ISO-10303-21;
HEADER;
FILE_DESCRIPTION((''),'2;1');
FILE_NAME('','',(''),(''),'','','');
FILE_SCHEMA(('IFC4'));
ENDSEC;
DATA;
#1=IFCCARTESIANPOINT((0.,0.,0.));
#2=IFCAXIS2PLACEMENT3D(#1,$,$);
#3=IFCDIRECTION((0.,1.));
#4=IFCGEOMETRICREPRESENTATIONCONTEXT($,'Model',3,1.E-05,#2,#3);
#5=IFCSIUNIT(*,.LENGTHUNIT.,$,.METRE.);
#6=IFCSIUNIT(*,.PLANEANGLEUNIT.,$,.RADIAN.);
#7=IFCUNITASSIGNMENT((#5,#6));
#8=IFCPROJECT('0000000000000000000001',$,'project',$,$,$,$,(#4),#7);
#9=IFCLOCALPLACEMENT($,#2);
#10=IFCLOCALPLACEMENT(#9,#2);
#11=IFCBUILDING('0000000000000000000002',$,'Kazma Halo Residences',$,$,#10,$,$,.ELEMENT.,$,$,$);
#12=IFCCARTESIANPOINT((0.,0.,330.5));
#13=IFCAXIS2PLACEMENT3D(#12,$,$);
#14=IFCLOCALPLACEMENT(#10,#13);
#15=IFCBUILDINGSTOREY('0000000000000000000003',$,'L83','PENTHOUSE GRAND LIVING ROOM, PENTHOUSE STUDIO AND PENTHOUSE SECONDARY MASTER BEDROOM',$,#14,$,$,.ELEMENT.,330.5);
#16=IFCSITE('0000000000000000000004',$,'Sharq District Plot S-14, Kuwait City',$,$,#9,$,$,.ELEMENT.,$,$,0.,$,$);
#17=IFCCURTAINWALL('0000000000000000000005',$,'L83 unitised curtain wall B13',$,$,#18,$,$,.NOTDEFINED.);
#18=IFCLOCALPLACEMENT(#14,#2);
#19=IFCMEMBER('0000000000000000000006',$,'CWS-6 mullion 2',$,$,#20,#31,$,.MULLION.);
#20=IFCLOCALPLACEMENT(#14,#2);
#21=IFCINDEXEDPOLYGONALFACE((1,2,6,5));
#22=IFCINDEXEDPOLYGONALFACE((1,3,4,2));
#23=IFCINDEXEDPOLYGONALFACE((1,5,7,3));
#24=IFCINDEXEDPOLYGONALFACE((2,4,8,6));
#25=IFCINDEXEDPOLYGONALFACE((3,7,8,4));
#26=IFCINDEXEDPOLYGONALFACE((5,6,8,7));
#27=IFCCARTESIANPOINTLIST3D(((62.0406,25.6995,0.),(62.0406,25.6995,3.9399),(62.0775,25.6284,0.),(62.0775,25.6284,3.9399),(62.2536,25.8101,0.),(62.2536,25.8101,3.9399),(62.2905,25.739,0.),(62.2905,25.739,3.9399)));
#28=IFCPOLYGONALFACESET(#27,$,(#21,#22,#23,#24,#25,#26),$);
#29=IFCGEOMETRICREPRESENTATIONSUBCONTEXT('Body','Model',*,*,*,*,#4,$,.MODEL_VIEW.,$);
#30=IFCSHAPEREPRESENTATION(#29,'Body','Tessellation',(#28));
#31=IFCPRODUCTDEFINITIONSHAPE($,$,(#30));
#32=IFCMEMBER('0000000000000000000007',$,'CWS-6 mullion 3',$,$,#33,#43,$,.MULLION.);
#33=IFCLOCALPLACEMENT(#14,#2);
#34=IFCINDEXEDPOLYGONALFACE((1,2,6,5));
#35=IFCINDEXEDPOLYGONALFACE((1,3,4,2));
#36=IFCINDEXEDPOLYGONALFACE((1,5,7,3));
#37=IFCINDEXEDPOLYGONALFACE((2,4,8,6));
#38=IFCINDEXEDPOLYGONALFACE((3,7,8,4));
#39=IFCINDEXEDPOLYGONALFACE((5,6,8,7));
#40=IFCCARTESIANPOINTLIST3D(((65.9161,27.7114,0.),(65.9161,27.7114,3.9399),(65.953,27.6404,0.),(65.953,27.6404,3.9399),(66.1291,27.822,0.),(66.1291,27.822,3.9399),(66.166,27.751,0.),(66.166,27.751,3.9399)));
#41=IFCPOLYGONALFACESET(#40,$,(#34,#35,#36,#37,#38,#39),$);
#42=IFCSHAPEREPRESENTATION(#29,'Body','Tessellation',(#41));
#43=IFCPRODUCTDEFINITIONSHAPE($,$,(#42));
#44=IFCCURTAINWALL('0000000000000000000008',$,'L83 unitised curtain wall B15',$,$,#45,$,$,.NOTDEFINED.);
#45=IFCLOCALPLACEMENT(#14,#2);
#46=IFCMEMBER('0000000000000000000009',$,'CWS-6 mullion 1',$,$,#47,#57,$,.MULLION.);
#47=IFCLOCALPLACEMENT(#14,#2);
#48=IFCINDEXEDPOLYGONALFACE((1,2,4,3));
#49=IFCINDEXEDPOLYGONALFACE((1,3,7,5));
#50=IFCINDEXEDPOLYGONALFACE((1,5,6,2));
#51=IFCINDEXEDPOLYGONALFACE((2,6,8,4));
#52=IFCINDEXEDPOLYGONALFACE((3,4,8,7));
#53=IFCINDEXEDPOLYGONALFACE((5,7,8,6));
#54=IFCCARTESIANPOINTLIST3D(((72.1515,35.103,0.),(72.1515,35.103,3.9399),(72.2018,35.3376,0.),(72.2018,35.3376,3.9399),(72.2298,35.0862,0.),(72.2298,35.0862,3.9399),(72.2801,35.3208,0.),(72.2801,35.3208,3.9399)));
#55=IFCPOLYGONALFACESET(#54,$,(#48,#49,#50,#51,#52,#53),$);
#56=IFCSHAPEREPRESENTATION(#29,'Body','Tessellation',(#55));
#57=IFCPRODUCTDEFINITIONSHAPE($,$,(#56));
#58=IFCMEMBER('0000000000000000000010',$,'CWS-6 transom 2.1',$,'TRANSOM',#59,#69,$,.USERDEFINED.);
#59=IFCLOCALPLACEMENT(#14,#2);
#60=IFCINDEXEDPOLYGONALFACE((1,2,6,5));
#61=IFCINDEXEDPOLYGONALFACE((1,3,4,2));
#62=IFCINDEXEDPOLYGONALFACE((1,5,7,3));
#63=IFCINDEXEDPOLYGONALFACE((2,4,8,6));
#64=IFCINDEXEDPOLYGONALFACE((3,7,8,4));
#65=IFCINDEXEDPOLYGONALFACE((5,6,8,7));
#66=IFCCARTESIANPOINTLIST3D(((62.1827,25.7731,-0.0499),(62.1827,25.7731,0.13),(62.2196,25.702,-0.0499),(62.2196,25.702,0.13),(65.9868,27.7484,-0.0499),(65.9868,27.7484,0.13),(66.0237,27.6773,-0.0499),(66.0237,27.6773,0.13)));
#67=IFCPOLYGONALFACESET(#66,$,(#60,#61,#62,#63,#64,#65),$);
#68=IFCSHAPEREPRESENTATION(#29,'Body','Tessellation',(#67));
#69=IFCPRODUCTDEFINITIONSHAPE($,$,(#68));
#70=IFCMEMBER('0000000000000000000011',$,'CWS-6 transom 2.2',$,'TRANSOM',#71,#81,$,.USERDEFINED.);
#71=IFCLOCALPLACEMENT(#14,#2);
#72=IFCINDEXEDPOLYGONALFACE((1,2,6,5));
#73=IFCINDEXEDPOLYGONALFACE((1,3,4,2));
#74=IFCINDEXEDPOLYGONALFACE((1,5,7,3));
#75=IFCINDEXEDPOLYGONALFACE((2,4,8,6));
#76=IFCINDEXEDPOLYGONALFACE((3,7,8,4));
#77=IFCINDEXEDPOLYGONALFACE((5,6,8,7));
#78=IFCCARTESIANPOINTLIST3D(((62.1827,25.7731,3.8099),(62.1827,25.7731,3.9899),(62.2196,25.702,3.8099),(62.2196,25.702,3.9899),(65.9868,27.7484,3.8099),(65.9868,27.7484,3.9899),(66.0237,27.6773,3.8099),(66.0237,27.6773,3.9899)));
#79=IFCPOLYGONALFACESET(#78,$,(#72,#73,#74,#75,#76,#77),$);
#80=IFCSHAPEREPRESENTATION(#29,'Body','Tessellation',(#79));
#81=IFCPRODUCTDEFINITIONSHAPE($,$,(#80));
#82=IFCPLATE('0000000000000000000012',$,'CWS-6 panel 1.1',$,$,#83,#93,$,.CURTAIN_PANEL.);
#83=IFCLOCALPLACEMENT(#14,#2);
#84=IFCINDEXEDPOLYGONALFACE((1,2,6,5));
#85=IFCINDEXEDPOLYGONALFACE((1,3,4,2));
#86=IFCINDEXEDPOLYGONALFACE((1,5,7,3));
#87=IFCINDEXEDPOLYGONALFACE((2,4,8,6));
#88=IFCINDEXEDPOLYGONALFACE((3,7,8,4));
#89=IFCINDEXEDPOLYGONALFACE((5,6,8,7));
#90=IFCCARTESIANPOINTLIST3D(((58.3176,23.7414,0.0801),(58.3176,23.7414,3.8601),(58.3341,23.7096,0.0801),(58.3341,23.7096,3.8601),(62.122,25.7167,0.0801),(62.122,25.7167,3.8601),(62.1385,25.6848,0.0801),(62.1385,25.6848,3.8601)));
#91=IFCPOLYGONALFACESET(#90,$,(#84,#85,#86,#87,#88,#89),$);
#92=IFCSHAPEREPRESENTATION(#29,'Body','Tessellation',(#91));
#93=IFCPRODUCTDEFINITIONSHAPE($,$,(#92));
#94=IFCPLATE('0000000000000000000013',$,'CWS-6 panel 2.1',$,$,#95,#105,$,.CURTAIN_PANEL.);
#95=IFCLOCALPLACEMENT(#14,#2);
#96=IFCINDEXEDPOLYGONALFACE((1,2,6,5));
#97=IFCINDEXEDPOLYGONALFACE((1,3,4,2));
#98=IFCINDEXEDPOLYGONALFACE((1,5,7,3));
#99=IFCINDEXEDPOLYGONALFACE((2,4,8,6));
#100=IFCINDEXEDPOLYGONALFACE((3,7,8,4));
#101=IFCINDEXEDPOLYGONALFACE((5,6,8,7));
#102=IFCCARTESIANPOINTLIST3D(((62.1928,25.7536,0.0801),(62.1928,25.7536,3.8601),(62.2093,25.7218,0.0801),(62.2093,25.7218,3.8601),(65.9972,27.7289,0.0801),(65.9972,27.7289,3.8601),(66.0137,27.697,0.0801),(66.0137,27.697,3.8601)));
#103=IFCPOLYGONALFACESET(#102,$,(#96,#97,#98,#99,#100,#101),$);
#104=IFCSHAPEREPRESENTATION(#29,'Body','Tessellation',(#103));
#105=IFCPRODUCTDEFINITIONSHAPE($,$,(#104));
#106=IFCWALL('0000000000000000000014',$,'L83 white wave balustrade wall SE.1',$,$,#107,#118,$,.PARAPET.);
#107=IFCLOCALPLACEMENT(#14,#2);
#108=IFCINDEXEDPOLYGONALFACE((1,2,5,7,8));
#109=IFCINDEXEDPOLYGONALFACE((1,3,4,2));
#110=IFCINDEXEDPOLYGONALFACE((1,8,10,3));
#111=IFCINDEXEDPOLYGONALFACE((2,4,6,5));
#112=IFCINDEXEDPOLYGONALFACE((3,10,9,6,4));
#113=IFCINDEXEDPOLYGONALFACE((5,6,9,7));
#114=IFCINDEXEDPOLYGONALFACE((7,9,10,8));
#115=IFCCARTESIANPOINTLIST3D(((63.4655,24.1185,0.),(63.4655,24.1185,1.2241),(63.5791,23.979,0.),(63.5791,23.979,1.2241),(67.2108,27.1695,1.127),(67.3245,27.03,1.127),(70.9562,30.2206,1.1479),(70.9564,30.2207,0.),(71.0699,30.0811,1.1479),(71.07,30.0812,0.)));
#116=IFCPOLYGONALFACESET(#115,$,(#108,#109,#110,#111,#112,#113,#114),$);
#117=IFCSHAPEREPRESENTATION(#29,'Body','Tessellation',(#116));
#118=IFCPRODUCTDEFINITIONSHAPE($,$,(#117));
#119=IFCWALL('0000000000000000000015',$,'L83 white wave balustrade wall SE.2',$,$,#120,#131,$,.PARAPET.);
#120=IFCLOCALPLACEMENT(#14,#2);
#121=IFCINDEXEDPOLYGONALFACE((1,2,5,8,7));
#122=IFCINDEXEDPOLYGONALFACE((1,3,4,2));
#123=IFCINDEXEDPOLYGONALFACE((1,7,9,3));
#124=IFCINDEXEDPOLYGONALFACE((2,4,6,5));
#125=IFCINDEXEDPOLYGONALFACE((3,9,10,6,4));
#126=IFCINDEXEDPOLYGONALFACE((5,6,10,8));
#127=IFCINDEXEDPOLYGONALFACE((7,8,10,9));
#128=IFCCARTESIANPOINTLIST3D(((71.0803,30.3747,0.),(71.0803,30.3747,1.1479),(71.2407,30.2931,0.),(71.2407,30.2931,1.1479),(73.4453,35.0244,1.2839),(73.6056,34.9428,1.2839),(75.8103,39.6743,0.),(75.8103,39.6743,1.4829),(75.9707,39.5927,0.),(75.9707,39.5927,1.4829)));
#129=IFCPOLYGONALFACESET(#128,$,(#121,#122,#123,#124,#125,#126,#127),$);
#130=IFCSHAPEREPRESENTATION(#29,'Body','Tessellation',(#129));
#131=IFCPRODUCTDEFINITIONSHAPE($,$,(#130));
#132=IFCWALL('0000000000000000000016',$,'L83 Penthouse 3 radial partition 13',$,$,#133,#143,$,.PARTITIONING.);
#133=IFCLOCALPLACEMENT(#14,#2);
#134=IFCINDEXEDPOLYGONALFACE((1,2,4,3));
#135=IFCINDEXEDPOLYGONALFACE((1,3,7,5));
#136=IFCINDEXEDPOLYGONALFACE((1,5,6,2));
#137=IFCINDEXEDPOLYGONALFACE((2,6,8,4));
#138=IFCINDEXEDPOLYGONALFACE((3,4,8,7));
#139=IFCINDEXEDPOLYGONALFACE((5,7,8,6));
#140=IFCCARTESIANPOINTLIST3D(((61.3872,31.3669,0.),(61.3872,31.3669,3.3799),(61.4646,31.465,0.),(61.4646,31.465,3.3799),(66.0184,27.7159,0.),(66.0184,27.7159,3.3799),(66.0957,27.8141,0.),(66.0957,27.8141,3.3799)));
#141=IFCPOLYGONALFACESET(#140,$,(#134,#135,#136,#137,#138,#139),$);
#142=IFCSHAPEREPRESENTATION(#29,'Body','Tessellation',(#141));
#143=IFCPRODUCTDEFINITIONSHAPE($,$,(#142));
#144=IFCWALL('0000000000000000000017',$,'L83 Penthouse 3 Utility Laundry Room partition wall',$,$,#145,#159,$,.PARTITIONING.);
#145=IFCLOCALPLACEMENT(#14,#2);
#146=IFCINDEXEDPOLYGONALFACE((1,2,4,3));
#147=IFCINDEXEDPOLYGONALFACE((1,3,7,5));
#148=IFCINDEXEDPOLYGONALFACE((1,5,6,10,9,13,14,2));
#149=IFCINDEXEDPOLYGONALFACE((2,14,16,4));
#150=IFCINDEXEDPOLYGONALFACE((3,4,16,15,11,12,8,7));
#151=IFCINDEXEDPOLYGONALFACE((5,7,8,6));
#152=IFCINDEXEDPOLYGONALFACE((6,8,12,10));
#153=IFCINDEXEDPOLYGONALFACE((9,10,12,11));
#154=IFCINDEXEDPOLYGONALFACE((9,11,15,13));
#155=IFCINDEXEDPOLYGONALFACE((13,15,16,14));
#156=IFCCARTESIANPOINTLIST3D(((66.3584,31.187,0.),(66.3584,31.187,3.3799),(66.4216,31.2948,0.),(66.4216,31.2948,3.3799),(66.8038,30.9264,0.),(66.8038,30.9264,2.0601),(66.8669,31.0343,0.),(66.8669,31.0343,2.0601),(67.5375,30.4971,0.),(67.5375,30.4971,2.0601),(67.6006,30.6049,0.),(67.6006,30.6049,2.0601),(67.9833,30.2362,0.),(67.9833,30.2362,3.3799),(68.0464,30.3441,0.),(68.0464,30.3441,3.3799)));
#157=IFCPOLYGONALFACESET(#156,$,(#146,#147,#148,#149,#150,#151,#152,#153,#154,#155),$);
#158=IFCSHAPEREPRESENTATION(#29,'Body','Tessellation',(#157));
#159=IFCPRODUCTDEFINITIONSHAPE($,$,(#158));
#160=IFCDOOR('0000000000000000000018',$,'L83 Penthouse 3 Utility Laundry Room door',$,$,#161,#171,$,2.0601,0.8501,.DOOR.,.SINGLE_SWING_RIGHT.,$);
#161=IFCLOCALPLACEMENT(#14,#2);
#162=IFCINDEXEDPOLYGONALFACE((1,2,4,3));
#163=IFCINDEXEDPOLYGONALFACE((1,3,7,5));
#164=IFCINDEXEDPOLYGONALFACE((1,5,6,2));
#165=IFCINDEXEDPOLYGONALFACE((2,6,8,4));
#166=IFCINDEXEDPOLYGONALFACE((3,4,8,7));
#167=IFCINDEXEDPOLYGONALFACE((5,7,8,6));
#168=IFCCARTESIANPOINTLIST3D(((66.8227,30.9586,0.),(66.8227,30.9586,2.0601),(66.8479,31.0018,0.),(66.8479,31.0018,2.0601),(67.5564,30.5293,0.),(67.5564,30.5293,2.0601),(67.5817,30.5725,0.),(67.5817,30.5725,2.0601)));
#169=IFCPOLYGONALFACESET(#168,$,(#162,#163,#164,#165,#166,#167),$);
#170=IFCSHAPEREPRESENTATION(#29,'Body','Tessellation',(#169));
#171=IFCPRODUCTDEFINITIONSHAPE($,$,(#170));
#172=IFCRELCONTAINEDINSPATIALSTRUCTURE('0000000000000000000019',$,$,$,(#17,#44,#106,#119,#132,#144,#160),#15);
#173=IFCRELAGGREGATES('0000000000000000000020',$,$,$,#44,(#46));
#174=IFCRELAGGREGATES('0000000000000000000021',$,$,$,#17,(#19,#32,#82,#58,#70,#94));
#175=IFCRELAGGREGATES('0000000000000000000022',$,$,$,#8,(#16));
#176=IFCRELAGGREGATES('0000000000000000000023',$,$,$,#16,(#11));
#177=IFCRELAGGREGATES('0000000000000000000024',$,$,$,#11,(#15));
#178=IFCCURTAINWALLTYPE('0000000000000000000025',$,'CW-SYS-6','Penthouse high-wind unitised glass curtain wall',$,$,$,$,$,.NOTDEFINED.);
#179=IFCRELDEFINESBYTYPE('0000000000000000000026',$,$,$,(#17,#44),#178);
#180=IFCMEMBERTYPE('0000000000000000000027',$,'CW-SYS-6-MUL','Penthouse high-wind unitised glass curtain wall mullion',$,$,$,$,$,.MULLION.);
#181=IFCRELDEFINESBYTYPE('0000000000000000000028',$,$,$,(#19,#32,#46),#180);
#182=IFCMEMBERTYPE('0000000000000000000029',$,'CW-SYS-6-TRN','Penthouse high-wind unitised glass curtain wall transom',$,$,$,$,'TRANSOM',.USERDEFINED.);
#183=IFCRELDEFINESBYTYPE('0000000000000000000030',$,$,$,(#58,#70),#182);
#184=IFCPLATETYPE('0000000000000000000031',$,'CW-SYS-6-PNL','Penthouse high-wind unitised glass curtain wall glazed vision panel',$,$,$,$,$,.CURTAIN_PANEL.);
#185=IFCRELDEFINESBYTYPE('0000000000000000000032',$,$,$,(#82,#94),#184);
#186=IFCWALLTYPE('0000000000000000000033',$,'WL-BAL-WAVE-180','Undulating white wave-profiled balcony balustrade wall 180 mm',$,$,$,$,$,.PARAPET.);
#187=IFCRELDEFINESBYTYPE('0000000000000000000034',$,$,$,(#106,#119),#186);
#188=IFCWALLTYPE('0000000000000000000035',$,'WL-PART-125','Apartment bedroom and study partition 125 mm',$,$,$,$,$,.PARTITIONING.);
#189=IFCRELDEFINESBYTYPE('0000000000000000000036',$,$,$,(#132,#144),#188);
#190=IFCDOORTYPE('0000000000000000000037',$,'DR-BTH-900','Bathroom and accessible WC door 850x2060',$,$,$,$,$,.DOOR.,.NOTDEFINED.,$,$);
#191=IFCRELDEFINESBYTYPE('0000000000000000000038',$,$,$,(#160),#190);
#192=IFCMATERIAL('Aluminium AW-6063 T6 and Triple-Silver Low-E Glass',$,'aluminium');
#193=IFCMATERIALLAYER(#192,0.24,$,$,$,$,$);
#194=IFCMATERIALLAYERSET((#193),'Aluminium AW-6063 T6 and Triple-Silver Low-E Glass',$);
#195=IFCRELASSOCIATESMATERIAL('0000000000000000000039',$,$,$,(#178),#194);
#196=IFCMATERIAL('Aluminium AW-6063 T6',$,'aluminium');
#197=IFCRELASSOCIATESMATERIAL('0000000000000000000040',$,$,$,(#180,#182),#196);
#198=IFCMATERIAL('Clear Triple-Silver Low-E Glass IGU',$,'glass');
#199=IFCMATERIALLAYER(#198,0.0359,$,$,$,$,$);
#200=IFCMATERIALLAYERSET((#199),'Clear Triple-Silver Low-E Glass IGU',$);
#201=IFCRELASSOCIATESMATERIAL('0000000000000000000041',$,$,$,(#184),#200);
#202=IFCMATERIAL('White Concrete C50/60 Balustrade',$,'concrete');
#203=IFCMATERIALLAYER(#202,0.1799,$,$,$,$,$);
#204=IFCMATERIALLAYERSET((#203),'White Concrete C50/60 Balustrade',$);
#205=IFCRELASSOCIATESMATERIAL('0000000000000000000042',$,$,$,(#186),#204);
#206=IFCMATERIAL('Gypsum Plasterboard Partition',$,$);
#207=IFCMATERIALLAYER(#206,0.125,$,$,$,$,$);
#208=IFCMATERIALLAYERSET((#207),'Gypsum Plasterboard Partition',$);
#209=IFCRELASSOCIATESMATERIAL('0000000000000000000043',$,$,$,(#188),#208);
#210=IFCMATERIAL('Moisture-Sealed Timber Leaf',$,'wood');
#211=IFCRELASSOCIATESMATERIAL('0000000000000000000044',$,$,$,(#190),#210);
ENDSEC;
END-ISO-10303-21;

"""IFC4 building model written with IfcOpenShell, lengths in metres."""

from ifc_helpers import new_model, si_unit, direction, frame, frame_2d, origin, origin_2d, place, context, subcontext, project, spatial, polyline, rectangle, outline, extrude, material, layer, layer_set, material_profile, profile_set, type_object, element, fill, aggregate, save


model = new_model("IFC4")

# Units and contexts
model_context = context("Model", 3, precision=1e-05, world=origin(), true_north=direction((0.0, 1.0)))
body_context = subcontext(model_context, "Body", "Model", "MODEL_VIEW")
ifc_project = project(units=[si_unit("LENGTHUNIT", "METRE"), si_unit("PLANEANGLEUNIT", "RADIAN")], contexts=[model_context])

# Site, building, storey
site_placement = place(None, origin())
site = spatial("IfcSite", under=ifc_project, at=site_placement, Name="Sharq District Plot S-14, Kuwait City", CompositionType="ELEMENT", RefElevation=0.0)
building_placement = place(site_placement, origin())
building = spatial("IfcBuilding", under=site, at=building_placement, Name="Kazma Halo Residences", CompositionType="ELEMENT")
storey_placement = place(building_placement, frame((0.0, 0.0, 330.5)))
storey = spatial("IfcBuildingStorey", under=building, at=storey_placement, Name="L83", Description="PENTHOUSE GRAND LIVING ROOM, PENTHOUSE STUDIO AND PENTHOUSE SECONDARY MASTER BEDROOM", CompositionType="ELEMENT", Elevation=330.5)

# Curtain wall, members
ifc_material_1 = material(Name="Aluminium AW-6063 T6 and Triple-Silver Low-E Glass", Category="aluminium")
ifc_layer_1 = layer(ifc_material_1, 0.24)
ifc_layer_set_1 = layer_set([ifc_layer_1], Name="Aluminium AW-6063 T6 and Triple-Silver Low-E Glass")
curtain_wall_type = type_object("IfcCurtainWallType", Name="CW-SYS-6", Description="Penthouse high-wind unitised glass curtain wall", PredefinedType="NOTDEFINED", material=ifc_layer_set_1)
curtain_wall_1_placement = place(storey_placement, origin())
curtain_wall_1 = element("IfcCurtainWall", 1, at=curtain_wall_1_placement, inside=storey, type_object=curtain_wall_type, Name="L83 unitised curtain wall B13", PredefinedType="NOTDEFINED")
ifc_material_2 = material(Name="Aluminium AW-6063 T6", Category="aluminium")
ifc_material_profile_1 = material_profile(ifc_material_2, rectangle(XDim=0.0801, YDim=0.24, at=origin_2d()), Name="CWM-80x240")
ifc_profile_set_1 = profile_set([ifc_material_profile_1], Name="Aluminium AW-6063 T6")
member_type_1 = type_object("IfcMemberType", Name="CW-SYS-6-MUL", Description="Penthouse high-wind unitised glass curtain wall mullion", PredefinedType="MULLION", material=ifc_profile_set_1)
member_1_placement = place(storey_placement, frame((62.1655, 25.7192, 0.0), z_axis=(0.0, 0.0, 1.0), x_axis=(-0.460796, 0.887506, 0.0)))
member_1 = element("IfcMember", 2, at=member_1_placement, type_object=member_type_1, Name="CWS-6 mullion 2", PredefinedType="MULLION", context=body_context, shape_type="SweptSolid", body=[
    extrude(rectangle(XDim=0.0801, YDim=0.24, at=origin_2d()), origin(), (0.0, 0.0, 1.0), 3.9399),
])
member_2_placement = place(storey_placement, frame((66.041, 27.7312, 0.0), z_axis=(0.0, 0.0, 1.0), x_axis=(-0.460796, 0.887506, 0.0)))
member_2 = element("IfcMember", 3, at=member_2_placement, type_object=member_type_1, Name="CWS-6 mullion 3", PredefinedType="MULLION", context=body_context, shape_type="SweptSolid", body=[
    extrude(rectangle(XDim=0.0801, YDim=0.24, at=origin_2d()), origin(), (0.0, 0.0, 1.0), 3.9399),
])

# Curtain wall, member
curtain_wall_2_placement = place(storey_placement, origin())
curtain_wall_2 = element("IfcCurtainWall", 4, at=curtain_wall_2_placement, inside=storey, type_object=curtain_wall_type, Name="L83 unitised curtain wall B15", PredefinedType="NOTDEFINED")
member_3_placement = place(storey_placement, frame((72.2158, 35.2119, 0.0), z_axis=(0.0, 0.0, 1.0), x_axis=(-0.977761, 0.209723, 0.0)))
member_3 = element("IfcMember", 5, at=member_3_placement, type_object=member_type_1, Name="CWS-6 mullion 1", PredefinedType="MULLION", context=body_context, shape_type="SweptSolid", body=[
    extrude(rectangle(XDim=0.0801, YDim=0.24, at=origin_2d()), origin(), (0.0, 0.0, 1.0), 3.9399),
])
aggregate(curtain_wall_2, [member_3])

# Members
ifc_material_profile_2 = material_profile(ifc_material_2, rectangle(XDim=0.0801, YDim=0.1799, at=origin_2d()), Name="CWT-80x180")
ifc_profile_set_2 = profile_set([ifc_material_profile_2], Name="Aluminium AW-6063 T6")
member_type_2 = type_object("IfcMemberType", Name="CW-SYS-6-TRN", Description="Penthouse high-wind unitised glass curtain wall transom", ElementType="TRANSOM", PredefinedType="USERDEFINED", material=ifc_profile_set_2)
member_4_placement = place(storey_placement, frame((62.2012, 25.7375, 0.04), z_axis=(0.887488, 0.460831, 0.0), x_axis=(-0.460831, 0.887488, 0.0)))
member_4 = element("IfcMember", 6, at=member_4_placement, type_object=member_type_2, Name="CWS-6 transom 2.1", ObjectType="TRANSOM", PredefinedType="USERDEFINED", context=body_context, shape_type="SweptSolid", body=[
    extrude(rectangle(XDim=0.0801, YDim=0.1799, at=origin_2d()), origin(), (0.0, 0.0, 1.0), 4.2864),
])
member_5_placement = place(storey_placement, frame((62.2012, 25.7375, 3.8999), z_axis=(0.887488, 0.460831, 0.0), x_axis=(-0.460831, 0.887488, 0.0)))
member_5 = element("IfcMember", 7, at=member_5_placement, type_object=member_type_2, Name="CWS-6 transom 2.2", ObjectType="TRANSOM", PredefinedType="USERDEFINED", context=body_context, shape_type="SweptSolid", body=[
    extrude(rectangle(XDim=0.0801, YDim=0.1799, at=origin_2d()), origin(), (0.0, 0.0, 1.0), 4.2864),
])

# Plates
ifc_material_3 = material(Name="Clear Triple-Silver Low-E Glass IGU", Category="glass")
ifc_layer_2 = layer(ifc_material_3, 0.0359)
ifc_layer_set_2 = layer_set([ifc_layer_2], Name="Clear Triple-Silver Low-E Glass IGU")
plate_type = type_object("IfcPlateType", Name="CW-SYS-6-PNL", Description="Penthouse high-wind unitised glass curtain wall glazed vision panel", PredefinedType="CURTAIN_PANEL", material=ifc_layer_set_2)
plate_1_placement = place(storey_placement, frame((60.228, 24.7131, 0.0801), z_axis=(0.0, 0.0, 1.0), x_axis=(0.887506, 0.460796, 0.0)))
plate_1 = element("IfcPlate", 8, at=plate_1_placement, type_object=plate_type, Name="CWS-6 panel 1.1", PredefinedType="CURTAIN_PANEL", context=body_context, shape_type="SweptSolid", body=[
    extrude(rectangle(XDim=4.2866, YDim=0.0359, at=origin_2d()), origin(), (0.0, 0.0, 1.0), 3.78),
])
plate_2_placement = place(storey_placement, frame((64.1033, 26.7253, 0.0801), z_axis=(0.0, 0.0, 1.0), x_axis=(0.887506, 0.460796, 0.0)))
plate_2 = element("IfcPlate", 9, at=plate_2_placement, type_object=plate_type, Name="CWS-6 panel 2.1", PredefinedType="CURTAIN_PANEL", context=body_context, shape_type="SweptSolid", body=[
    extrude(rectangle(XDim=4.2866, YDim=0.0359, at=origin_2d()), origin(), (0.0, 0.0, 1.0), 3.78),
])
aggregate(curtain_wall_1, [member_1, member_2, plate_1, member_4, member_5, plate_2])

# Walls
ifc_material_4 = material(Name="White Concrete C50/60 Balustrade", Category="concrete")
ifc_layer_3 = layer(ifc_material_4, 0.1799)
ifc_layer_set_3 = layer_set([ifc_layer_3], Name="White Concrete C50/60 Balustrade")
wall_type_1 = type_object("IfcWallType", Name="WL-BAL-WAVE-180", Description="Undulating white wave-profiled balcony balustrade wall 180 mm", PredefinedType="PARAPET", material=ifc_layer_set_3)
wall_1_placement = place(storey_placement, frame((63.5222, 24.0488, 0.0), z_axis=(0.0, 0.0, 1.0), x_axis=(0.775309, 0.631582, 0.0)))
element("IfcWall", 10, at=wall_1_placement, inside=storey, type_object=wall_type_1, Name="L83 white wave balustrade wall SE.1", PredefinedType="PARAPET", context=body_context, shape_type="SweptSolid", body=[
    extrude(outline(polyline([(0.0, 0.0), (9.6619, 0.0), (9.6616, 1.1479), (4.8308, 1.127), (0.0, 1.2241), (0.0, 0.0)])), frame((0.0, 0.0898, 0.0), z_axis=(0.0, -1.0, 0.0), x_axis=(1.0, 0.0, 0.0)), (0.0, 0.0, 1.0), 0.1799),
])
wall_2_placement = place(storey_placement, frame((71.1604, 30.334, 0.0), z_axis=(0.0, 0.0, 1.0), x_axis=(0.453353, 0.891331, 0.0)))
element("IfcWall", 11, at=wall_2_placement, inside=storey, type_object=wall_type_1, Name="L83 white wave balustrade wall SE.2", PredefinedType="PARAPET", context=body_context, shape_type="SweptSolid", body=[
    extrude(outline(polyline([(0.0, 0.0), (10.4333, 0.0), (10.4333, 1.4829), (5.2166, 1.2839), (0.0, 1.1479), (0.0, 0.0)])), frame((0.0, 0.0898, 0.0), z_axis=(0.0, -1.0, 0.0), x_axis=(1.0, 0.0, 0.0)), (0.0, 0.0, 1.0), 0.1799),
])

# Wall
ifc_material_5 = material(Name="Gypsum Plasterboard Partition")
ifc_layer_4 = layer(ifc_material_5, 0.125)
ifc_layer_set_4 = layer_set([ifc_layer_4], Name="Gypsum Plasterboard Partition")
wall_type_2 = type_object("IfcWallType", Name="WL-PART-125", Description="Apartment bedroom and study partition 125 mm", PredefinedType="PARTITIONING", material=ifc_layer_set_4)
wall_3_placement = place(storey_placement, frame((61.4258, 31.416, 0.0), z_axis=(0.0, 0.0, 1.0), x_axis=(0.785316, -0.619095, 0.0)))
element("IfcWall", 12, at=wall_3_placement, inside=storey, type_object=wall_type_2, Name="L83 Penthouse 3 radial partition 13", PredefinedType="PARTITIONING", context=body_context, shape_type="SweptSolid", body=[
    extrude(rectangle(XDim=5.8972, YDim=0.125, at=frame_2d((2.9487, 0.0))), origin(), (0.0, 0.0, 1.0), 3.3799),
])

# Wall, opening, door
wall_4_placement = place(storey_placement, frame((66.3899, 31.241, 0.0), z_axis=(0.0, 0.0, 1.0), x_axis=(0.863105, -0.505024, 0.0)))
wall_4 = element("IfcWall", 13, at=wall_4_placement, inside=storey, type_object=wall_type_2, Name="L83 Penthouse 3 Utility Laundry Room partition wall", PredefinedType="PARTITIONING", context=body_context, shape_type="SweptSolid", body=[
    extrude(rectangle(XDim=1.8826, YDim=0.125, at=frame_2d((0.9414, 0.0))), origin(), (0.0, 0.0, 1.0), 3.3799),
])
opening_1_placement = place(wall_4_placement, frame((0.5161, 0.0, 0.0)))
opening_1 = element("IfcOpeningElement", 14, at=opening_1_placement, cuts=wall_4, PredefinedType="OPENING", context=body_context, shape_type="SweptSolid", body=[
    extrude(rectangle(XDim=0.8501, YDim=2.0601, at=frame_2d((0.425, 1.03))), frame((0.0, 0.0725, 0.0), z_axis=(0.0, -1.0, 0.0), x_axis=(1.0, 0.0, 0.0)), (0.0, 0.0, 1.0), 0.145),
])
ifc_material_6 = material(Name="Moisture-Sealed Timber Leaf", Category="wood")
door_type_1 = type_object("IfcDoorType", Name="DR-BTH-900", Description="Bathroom and accessible WC door 850x2060", OperationType="NOTDEFINED", PredefinedType="DOOR", material=ifc_material_6)
door_1_placement = place(opening_1_placement, origin())
door_1 = element("IfcDoor", 15, at=door_1_placement, inside=storey, type_object=door_type_1, Name="L83 Penthouse 3 Utility Laundry Room door", OperationType="SINGLE_SWING_RIGHT", OverallHeight=2.0601, OverallWidth=0.8501, PredefinedType="DOOR", context=body_context, shape_type="SweptSolid", body=[
    extrude(rectangle(XDim=0.8501, YDim=2.0601, at=frame_2d((0.425, 1.03))), frame((0.0, 0.0249, 0.0), z_axis=(0.0, -1.0, 0.0), x_axis=(1.0, 0.0, 0.0)), (0.0, 0.0, 1.0), 0.05),
])
fill(opening_1, door_1)

save(model, "model.ifc")
